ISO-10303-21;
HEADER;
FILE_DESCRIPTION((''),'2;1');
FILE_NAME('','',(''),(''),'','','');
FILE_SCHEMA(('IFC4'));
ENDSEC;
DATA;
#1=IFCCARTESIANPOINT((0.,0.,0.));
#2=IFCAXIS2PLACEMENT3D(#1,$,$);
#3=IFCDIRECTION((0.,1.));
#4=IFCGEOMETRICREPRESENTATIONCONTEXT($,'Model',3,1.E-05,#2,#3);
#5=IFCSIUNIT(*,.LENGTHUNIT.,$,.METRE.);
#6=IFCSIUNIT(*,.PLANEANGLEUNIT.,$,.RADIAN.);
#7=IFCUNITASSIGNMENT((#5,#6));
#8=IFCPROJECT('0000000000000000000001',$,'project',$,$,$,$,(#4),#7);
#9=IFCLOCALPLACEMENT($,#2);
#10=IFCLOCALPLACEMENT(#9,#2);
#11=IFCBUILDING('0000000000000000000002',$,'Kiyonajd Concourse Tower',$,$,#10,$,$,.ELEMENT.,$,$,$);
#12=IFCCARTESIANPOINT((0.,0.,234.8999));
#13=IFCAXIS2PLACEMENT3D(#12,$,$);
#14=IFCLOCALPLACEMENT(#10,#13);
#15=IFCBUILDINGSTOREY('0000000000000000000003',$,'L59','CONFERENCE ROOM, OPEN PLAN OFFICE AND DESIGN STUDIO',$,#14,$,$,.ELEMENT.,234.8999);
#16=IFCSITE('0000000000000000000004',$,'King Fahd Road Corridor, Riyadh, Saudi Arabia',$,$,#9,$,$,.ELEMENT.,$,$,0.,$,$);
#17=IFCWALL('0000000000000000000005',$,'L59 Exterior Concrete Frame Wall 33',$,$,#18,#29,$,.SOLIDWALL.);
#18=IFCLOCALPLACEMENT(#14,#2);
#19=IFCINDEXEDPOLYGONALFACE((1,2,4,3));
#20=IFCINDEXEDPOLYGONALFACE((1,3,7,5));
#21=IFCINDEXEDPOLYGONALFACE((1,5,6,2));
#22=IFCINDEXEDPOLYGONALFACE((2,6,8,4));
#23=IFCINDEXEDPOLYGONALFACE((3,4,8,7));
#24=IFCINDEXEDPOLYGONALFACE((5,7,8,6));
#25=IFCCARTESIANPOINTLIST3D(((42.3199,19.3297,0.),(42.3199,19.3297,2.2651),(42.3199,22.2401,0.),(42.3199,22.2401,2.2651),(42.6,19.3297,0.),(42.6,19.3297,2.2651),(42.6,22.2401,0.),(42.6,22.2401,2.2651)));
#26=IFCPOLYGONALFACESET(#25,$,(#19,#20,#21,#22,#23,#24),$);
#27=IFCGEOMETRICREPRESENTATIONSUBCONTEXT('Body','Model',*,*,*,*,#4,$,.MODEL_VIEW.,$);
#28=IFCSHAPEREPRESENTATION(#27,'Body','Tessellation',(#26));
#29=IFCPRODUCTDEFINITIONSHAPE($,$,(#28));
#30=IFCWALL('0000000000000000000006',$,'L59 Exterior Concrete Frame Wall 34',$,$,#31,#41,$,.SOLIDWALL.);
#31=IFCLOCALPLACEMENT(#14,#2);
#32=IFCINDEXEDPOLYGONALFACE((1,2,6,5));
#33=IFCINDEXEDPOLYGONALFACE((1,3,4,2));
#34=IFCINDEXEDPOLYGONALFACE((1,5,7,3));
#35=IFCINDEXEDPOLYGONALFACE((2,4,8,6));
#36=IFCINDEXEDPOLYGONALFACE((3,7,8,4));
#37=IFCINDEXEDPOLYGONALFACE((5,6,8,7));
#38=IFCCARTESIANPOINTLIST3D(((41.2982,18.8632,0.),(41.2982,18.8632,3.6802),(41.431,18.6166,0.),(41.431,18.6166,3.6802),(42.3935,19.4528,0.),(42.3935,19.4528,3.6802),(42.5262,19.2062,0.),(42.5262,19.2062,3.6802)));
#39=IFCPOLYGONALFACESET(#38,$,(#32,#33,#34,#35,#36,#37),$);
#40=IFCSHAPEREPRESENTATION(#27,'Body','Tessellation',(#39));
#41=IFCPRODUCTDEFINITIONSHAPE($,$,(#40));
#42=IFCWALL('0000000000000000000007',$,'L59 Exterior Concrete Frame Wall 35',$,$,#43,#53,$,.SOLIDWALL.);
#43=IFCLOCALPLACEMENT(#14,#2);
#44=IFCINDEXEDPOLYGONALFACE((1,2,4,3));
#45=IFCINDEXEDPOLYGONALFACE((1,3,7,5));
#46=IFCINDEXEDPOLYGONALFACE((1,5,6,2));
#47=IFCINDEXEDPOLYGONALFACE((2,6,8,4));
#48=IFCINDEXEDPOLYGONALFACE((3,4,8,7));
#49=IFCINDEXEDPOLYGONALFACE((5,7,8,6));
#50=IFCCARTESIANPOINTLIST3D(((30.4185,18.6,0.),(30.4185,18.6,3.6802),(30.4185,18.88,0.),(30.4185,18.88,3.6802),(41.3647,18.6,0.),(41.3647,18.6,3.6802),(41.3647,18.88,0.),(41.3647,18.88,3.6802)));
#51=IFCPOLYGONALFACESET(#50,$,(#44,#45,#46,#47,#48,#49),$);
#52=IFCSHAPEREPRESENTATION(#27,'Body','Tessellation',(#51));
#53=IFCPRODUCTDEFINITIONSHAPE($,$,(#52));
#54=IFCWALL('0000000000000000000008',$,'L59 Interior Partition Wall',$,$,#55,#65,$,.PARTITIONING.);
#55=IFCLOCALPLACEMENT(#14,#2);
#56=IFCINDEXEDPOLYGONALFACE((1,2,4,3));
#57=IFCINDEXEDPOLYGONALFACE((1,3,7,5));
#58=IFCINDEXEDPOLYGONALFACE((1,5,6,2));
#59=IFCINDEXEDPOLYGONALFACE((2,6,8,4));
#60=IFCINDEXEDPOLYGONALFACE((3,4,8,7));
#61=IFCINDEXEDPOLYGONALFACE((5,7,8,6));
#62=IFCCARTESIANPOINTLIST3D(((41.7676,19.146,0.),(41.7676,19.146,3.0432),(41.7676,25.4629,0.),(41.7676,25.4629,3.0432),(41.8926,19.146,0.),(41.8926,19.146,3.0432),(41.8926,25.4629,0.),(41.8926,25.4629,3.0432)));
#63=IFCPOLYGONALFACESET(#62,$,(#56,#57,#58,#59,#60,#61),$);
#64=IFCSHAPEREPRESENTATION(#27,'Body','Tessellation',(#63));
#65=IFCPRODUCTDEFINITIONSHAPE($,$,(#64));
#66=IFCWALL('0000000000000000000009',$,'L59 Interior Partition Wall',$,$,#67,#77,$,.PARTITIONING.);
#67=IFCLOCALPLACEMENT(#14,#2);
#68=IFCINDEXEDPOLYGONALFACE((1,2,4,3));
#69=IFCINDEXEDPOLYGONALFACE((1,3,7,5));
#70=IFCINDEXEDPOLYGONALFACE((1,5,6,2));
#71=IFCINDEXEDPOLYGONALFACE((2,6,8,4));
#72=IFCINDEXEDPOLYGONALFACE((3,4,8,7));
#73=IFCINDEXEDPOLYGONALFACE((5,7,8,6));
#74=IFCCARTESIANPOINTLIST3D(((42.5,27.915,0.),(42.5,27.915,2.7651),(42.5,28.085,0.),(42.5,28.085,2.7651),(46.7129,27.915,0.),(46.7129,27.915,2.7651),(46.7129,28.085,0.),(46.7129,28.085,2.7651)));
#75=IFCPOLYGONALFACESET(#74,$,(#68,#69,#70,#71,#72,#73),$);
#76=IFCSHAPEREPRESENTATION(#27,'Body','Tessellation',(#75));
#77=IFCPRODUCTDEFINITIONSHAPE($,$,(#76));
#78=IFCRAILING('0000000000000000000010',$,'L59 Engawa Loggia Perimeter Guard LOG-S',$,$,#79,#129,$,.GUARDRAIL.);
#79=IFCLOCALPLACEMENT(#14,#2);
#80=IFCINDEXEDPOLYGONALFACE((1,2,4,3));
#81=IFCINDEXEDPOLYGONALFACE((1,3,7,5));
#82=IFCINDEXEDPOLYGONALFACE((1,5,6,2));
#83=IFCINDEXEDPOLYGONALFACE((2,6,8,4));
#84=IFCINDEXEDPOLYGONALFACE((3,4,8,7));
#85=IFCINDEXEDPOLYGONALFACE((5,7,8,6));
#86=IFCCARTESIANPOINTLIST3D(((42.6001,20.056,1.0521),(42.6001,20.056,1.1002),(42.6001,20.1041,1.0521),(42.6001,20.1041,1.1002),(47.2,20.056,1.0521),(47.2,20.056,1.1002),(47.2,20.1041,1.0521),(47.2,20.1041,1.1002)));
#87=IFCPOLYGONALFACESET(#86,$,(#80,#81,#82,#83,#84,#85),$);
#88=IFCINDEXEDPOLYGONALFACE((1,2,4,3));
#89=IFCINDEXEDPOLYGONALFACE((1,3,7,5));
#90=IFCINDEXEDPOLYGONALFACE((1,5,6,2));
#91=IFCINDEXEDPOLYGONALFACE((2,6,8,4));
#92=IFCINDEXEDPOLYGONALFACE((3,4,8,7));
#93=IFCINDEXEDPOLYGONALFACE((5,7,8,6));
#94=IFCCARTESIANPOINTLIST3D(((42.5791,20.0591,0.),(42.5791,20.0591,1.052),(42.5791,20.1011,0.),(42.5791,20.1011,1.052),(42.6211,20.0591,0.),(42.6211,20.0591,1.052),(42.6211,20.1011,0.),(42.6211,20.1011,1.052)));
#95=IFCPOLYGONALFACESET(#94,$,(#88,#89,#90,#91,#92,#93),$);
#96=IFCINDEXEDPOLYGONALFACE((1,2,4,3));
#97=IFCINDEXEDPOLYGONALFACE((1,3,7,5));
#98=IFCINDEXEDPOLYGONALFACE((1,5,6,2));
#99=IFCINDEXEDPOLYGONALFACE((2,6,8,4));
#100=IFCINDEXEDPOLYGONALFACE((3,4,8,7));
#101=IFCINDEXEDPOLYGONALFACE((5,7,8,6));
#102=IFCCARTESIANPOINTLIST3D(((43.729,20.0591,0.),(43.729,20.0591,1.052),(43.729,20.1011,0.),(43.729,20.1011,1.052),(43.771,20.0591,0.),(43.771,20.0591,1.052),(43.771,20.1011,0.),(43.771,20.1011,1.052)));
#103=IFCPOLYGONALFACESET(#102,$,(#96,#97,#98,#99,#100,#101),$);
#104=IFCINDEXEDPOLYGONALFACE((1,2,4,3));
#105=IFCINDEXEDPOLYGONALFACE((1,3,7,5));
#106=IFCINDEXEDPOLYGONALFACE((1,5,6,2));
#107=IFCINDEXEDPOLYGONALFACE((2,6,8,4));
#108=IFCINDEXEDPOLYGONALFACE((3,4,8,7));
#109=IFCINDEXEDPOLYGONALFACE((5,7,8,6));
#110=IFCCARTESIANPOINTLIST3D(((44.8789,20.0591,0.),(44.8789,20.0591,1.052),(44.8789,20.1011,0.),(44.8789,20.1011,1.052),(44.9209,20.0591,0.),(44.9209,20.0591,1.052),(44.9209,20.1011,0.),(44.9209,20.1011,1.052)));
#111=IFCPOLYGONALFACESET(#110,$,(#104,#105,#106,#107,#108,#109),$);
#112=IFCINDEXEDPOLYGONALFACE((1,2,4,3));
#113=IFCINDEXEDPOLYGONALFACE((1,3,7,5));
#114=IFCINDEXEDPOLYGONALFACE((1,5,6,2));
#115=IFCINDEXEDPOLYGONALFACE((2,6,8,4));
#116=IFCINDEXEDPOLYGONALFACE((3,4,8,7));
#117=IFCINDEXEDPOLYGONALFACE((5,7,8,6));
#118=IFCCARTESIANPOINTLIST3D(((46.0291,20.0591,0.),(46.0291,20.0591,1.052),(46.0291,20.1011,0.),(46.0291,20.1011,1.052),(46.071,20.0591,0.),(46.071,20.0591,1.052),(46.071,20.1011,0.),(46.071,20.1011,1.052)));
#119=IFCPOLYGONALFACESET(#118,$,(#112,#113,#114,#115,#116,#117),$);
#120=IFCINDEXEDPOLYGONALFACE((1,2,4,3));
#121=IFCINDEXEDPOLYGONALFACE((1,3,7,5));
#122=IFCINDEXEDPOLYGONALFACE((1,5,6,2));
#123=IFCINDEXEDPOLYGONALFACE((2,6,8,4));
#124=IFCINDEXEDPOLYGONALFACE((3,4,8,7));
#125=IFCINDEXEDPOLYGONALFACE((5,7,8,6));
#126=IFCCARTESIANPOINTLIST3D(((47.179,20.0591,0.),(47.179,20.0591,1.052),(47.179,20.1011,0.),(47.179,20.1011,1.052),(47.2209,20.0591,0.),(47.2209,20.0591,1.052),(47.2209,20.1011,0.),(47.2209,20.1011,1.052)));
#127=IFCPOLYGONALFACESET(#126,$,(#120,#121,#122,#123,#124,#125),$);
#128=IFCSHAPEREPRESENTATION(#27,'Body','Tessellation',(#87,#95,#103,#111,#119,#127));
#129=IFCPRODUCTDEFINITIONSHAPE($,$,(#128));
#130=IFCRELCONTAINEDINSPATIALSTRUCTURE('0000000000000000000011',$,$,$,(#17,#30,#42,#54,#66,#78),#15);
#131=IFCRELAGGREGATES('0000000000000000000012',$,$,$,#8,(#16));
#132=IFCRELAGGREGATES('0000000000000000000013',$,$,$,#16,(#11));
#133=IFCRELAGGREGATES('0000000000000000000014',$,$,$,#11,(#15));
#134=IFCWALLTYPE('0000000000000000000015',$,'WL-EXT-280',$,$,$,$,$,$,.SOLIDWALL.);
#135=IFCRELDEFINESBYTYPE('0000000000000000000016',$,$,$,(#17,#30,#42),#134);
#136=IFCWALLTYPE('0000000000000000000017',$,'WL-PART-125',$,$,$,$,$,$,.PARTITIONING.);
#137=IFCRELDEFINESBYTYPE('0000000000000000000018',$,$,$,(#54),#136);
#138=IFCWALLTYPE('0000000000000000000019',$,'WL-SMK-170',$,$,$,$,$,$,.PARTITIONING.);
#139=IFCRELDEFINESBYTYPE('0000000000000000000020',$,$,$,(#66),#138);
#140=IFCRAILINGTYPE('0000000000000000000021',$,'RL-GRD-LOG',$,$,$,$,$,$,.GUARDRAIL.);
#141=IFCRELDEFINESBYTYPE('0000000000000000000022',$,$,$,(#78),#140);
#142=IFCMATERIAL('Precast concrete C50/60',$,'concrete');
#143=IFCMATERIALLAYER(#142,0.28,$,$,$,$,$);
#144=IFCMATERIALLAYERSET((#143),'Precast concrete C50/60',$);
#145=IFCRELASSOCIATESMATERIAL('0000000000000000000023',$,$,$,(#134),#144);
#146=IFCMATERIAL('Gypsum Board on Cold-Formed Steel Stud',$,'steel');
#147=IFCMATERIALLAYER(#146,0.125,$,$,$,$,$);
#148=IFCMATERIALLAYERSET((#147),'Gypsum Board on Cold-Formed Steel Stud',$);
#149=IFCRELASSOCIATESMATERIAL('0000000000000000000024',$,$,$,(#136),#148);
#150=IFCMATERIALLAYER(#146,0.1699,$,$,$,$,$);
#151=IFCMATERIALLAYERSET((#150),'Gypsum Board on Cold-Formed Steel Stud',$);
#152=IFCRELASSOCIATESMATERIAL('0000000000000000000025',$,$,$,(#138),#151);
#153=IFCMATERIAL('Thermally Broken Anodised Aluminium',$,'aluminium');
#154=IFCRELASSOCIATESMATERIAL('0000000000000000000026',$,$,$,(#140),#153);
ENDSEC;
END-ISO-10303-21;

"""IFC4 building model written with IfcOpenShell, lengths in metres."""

from ifc_helpers import new_model, si_unit, direction, frame, frame_2d, origin, origin_2d, place, context, subcontext, project, spatial, rectangle, extrude, material, layer, layer_set, type_object, element, save


model = new_model("IFC4")

# Units and contexts
model_context = context("Model", 3, precision=1e-05, world=origin(), true_north=direction((0.0, 1.0)))
body_context = subcontext(model_context, "Body", "Model", "MODEL_VIEW")
ifc_project = project(units=[si_unit("LENGTHUNIT", "METRE"), si_unit("PLANEANGLEUNIT", "RADIAN")], contexts=[model_context])

# Site, building, storey
site_placement = place(None, origin())
site = spatial("IfcSite", under=ifc_project, at=site_placement, Name="King Fahd Road Corridor, Riyadh, Saudi Arabia", CompositionType="ELEMENT", RefElevation=0.0)
building_placement = place(site_placement, origin())
building = spatial("IfcBuilding", under=site, at=building_placement, Name="Kiyonajd Concourse Tower", CompositionType="ELEMENT")
storey_placement = place(building_placement, frame((0.0, 0.0, 234.8999)))
storey = spatial("IfcBuildingStorey", under=building, at=storey_placement, Name="L59", Description="CONFERENCE ROOM, OPEN PLAN OFFICE AND DESIGN STUDIO", CompositionType="ELEMENT", Elevation=234.8999)

# Shared definitions
ifc_material_1 = material(Name="Thermally Broken Anodised Aluminium", Category="aluminium")

# Walls
ifc_material_2 = material(Name="Precast concrete C50/60", Category="concrete")
ifc_layer_1 = layer(ifc_material_2, 0.28)
ifc_layer_set_1 = layer_set([ifc_layer_1], Name="Precast concrete C50/60")
wall_type_1 = type_object("IfcWallType", Name="WL-EXT-280", PredefinedType="SOLIDWALL", material=ifc_layer_set_1)
wall_1_placement = place(storey_placement, frame((42.46, 22.24, 0.0), z_axis=(0.0, 0.0, 1.0), x_axis=(0.0, -1.0, 0.0)))
element("IfcWall", 1, at=wall_1_placement, inside=storey, type_object=wall_type_1, Name="L59 Exterior Concrete Frame Wall 33", PredefinedType="SOLIDWALL", context=body_context, shape_type="SweptSolid", body=[
    extrude(rectangle(XDim=2.9104, YDim=0.28, at=frame_2d((1.4551, 0.0))), origin(), (0.0, 0.0, 1.0), 2.2651),
])
wall_2_placement = place(storey_placement, frame((42.46, 19.3296, 0.0), z_axis=(0.0, 0.0, 1.0), x_axis=(-0.880515, -0.474018, 0.0)))
element("IfcWall", 2, at=wall_2_placement, inside=storey, type_object=wall_type_1, Name="L59 Exterior Concrete Frame Wall 34", PredefinedType="SOLIDWALL", context=body_context, shape_type="SweptSolid", body=[
    extrude(rectangle(XDim=1.2439, YDim=0.28, at=frame_2d((0.6221, 0.0))), origin(), (0.0, 0.0, 1.0), 3.6802),
])
wall_3_placement = place(storey_placement, frame((41.3647, 18.74, 0.0), z_axis=(0.0, 0.0, 1.0), x_axis=(-1.0, 0.0, 0.0)))
element("IfcWall", 3, at=wall_3_placement, inside=storey, type_object=wall_type_1, Name="L59 Exterior Concrete Frame Wall 35", PredefinedType="SOLIDWALL", context=body_context, shape_type="SweptSolid", body=[
    extrude(rectangle(XDim=10.9463, YDim=0.28, at=frame_2d((5.4731, 0.0))), origin(), (0.0, 0.0, 1.0), 3.6802),
])
ifc_material_3 = material(Name="Gypsum Board on Cold-Formed Steel Stud", Category="steel")
ifc_layer_2 = layer(ifc_material_3, 0.125)
ifc_layer_set_2 = layer_set([ifc_layer_2], Name="Gypsum Board on Cold-Formed Steel Stud")
wall_type_2 = type_object("IfcWallType", Name="WL-PART-125", PredefinedType="PARTITIONING", material=ifc_layer_set_2)
wall_4_placement = place(storey_placement, frame((41.8301, 19.146, 0.0), z_axis=(0.0, 0.0, 1.0), x_axis=(0.0, 1.0, 0.0)))
element("IfcWall", 4, at=wall_4_placement, inside=storey, type_object=wall_type_2, Name="L59 Interior Partition Wall", PredefinedType="PARTITIONING", context=body_context, shape_type="SweptSolid", body=[
    extrude(rectangle(XDim=6.3169, YDim=0.125, at=frame_2d((3.1584, 0.0))), origin(), (0.0, 0.0, 1.0), 3.0432),
])
ifc_layer_3 = layer(ifc_material_3, 0.1699)
ifc_layer_set_3 = layer_set([ifc_layer_3], Name="Gypsum Board on Cold-Formed Steel Stud")
wall_type_3 = type_object("IfcWallType", Name="WL-SMK-170", PredefinedType="PARTITIONING", material=ifc_layer_set_3)
wall_5_placement = place(storey_placement, frame((42.5, 28.0, 0.0), z_axis=(0.0, 0.0, 1.0), x_axis=(1.0, 0.0, 0.0)))
element("IfcWall", 5, at=wall_5_placement, inside=storey, type_object=wall_type_3, Name="L59 Interior Partition Wall", PredefinedType="PARTITIONING", context=body_context, shape_type="SweptSolid", body=[
    extrude(rectangle(XDim=4.2129, YDim=0.1699, at=frame_2d((2.1064, 0.0))), origin(), (0.0, 0.0, 1.0), 2.7651),
])

# Railing
railing_type = type_object("IfcRailingType", Name="RL-GRD-LOG", PredefinedType="GUARDRAIL", material=ifc_material_1)
railing_placement = place(storey_placement, frame((42.6001, 20.0801, 0.0)))
element("IfcRailing", 6, at=railing_placement, inside=storey, type_object=railing_type, Name="L59 Engawa Loggia Perimeter Guard LOG-S", PredefinedType="GUARDRAIL", context=body_context, shape_type="SweptSolid", body=[
    extrude(rectangle(XDim=0.0481, YDim=0.0481, at=origin_2d()), frame((0.0, 0.0, 1.0762), z_axis=(1.0, 0.0, 0.0), x_axis=(0.0, 1.0, 0.0)), (0.0, 0.0, 1.0), 4.5999),
    extrude(rectangle(XDim=0.042, YDim=0.042, at=origin_2d()), origin(), (0.0, 0.0, 1.0), 1.052),
    extrude(rectangle(XDim=0.042, YDim=0.042, at=origin_2d()), frame((1.1499, 0.0, 0.0)), (0.0, 0.0, 1.0), 1.052),
    extrude(rectangle(XDim=0.042, YDim=0.042, at=origin_2d()), frame((2.2998, 0.0, 0.0)), (0.0, 0.0, 1.0), 1.052),
    extrude(rectangle(XDim=0.042, YDim=0.042, at=origin_2d()), frame((3.45, 0.0, 0.0)), (0.0, 0.0, 1.0), 1.052),
    extrude(rectangle(XDim=0.042, YDim=0.042, at=origin_2d()), frame((4.5999, 0.0, 0.0)), (0.0, 0.0, 1.0), 1.052),
])

save(model, "model.ifc")
